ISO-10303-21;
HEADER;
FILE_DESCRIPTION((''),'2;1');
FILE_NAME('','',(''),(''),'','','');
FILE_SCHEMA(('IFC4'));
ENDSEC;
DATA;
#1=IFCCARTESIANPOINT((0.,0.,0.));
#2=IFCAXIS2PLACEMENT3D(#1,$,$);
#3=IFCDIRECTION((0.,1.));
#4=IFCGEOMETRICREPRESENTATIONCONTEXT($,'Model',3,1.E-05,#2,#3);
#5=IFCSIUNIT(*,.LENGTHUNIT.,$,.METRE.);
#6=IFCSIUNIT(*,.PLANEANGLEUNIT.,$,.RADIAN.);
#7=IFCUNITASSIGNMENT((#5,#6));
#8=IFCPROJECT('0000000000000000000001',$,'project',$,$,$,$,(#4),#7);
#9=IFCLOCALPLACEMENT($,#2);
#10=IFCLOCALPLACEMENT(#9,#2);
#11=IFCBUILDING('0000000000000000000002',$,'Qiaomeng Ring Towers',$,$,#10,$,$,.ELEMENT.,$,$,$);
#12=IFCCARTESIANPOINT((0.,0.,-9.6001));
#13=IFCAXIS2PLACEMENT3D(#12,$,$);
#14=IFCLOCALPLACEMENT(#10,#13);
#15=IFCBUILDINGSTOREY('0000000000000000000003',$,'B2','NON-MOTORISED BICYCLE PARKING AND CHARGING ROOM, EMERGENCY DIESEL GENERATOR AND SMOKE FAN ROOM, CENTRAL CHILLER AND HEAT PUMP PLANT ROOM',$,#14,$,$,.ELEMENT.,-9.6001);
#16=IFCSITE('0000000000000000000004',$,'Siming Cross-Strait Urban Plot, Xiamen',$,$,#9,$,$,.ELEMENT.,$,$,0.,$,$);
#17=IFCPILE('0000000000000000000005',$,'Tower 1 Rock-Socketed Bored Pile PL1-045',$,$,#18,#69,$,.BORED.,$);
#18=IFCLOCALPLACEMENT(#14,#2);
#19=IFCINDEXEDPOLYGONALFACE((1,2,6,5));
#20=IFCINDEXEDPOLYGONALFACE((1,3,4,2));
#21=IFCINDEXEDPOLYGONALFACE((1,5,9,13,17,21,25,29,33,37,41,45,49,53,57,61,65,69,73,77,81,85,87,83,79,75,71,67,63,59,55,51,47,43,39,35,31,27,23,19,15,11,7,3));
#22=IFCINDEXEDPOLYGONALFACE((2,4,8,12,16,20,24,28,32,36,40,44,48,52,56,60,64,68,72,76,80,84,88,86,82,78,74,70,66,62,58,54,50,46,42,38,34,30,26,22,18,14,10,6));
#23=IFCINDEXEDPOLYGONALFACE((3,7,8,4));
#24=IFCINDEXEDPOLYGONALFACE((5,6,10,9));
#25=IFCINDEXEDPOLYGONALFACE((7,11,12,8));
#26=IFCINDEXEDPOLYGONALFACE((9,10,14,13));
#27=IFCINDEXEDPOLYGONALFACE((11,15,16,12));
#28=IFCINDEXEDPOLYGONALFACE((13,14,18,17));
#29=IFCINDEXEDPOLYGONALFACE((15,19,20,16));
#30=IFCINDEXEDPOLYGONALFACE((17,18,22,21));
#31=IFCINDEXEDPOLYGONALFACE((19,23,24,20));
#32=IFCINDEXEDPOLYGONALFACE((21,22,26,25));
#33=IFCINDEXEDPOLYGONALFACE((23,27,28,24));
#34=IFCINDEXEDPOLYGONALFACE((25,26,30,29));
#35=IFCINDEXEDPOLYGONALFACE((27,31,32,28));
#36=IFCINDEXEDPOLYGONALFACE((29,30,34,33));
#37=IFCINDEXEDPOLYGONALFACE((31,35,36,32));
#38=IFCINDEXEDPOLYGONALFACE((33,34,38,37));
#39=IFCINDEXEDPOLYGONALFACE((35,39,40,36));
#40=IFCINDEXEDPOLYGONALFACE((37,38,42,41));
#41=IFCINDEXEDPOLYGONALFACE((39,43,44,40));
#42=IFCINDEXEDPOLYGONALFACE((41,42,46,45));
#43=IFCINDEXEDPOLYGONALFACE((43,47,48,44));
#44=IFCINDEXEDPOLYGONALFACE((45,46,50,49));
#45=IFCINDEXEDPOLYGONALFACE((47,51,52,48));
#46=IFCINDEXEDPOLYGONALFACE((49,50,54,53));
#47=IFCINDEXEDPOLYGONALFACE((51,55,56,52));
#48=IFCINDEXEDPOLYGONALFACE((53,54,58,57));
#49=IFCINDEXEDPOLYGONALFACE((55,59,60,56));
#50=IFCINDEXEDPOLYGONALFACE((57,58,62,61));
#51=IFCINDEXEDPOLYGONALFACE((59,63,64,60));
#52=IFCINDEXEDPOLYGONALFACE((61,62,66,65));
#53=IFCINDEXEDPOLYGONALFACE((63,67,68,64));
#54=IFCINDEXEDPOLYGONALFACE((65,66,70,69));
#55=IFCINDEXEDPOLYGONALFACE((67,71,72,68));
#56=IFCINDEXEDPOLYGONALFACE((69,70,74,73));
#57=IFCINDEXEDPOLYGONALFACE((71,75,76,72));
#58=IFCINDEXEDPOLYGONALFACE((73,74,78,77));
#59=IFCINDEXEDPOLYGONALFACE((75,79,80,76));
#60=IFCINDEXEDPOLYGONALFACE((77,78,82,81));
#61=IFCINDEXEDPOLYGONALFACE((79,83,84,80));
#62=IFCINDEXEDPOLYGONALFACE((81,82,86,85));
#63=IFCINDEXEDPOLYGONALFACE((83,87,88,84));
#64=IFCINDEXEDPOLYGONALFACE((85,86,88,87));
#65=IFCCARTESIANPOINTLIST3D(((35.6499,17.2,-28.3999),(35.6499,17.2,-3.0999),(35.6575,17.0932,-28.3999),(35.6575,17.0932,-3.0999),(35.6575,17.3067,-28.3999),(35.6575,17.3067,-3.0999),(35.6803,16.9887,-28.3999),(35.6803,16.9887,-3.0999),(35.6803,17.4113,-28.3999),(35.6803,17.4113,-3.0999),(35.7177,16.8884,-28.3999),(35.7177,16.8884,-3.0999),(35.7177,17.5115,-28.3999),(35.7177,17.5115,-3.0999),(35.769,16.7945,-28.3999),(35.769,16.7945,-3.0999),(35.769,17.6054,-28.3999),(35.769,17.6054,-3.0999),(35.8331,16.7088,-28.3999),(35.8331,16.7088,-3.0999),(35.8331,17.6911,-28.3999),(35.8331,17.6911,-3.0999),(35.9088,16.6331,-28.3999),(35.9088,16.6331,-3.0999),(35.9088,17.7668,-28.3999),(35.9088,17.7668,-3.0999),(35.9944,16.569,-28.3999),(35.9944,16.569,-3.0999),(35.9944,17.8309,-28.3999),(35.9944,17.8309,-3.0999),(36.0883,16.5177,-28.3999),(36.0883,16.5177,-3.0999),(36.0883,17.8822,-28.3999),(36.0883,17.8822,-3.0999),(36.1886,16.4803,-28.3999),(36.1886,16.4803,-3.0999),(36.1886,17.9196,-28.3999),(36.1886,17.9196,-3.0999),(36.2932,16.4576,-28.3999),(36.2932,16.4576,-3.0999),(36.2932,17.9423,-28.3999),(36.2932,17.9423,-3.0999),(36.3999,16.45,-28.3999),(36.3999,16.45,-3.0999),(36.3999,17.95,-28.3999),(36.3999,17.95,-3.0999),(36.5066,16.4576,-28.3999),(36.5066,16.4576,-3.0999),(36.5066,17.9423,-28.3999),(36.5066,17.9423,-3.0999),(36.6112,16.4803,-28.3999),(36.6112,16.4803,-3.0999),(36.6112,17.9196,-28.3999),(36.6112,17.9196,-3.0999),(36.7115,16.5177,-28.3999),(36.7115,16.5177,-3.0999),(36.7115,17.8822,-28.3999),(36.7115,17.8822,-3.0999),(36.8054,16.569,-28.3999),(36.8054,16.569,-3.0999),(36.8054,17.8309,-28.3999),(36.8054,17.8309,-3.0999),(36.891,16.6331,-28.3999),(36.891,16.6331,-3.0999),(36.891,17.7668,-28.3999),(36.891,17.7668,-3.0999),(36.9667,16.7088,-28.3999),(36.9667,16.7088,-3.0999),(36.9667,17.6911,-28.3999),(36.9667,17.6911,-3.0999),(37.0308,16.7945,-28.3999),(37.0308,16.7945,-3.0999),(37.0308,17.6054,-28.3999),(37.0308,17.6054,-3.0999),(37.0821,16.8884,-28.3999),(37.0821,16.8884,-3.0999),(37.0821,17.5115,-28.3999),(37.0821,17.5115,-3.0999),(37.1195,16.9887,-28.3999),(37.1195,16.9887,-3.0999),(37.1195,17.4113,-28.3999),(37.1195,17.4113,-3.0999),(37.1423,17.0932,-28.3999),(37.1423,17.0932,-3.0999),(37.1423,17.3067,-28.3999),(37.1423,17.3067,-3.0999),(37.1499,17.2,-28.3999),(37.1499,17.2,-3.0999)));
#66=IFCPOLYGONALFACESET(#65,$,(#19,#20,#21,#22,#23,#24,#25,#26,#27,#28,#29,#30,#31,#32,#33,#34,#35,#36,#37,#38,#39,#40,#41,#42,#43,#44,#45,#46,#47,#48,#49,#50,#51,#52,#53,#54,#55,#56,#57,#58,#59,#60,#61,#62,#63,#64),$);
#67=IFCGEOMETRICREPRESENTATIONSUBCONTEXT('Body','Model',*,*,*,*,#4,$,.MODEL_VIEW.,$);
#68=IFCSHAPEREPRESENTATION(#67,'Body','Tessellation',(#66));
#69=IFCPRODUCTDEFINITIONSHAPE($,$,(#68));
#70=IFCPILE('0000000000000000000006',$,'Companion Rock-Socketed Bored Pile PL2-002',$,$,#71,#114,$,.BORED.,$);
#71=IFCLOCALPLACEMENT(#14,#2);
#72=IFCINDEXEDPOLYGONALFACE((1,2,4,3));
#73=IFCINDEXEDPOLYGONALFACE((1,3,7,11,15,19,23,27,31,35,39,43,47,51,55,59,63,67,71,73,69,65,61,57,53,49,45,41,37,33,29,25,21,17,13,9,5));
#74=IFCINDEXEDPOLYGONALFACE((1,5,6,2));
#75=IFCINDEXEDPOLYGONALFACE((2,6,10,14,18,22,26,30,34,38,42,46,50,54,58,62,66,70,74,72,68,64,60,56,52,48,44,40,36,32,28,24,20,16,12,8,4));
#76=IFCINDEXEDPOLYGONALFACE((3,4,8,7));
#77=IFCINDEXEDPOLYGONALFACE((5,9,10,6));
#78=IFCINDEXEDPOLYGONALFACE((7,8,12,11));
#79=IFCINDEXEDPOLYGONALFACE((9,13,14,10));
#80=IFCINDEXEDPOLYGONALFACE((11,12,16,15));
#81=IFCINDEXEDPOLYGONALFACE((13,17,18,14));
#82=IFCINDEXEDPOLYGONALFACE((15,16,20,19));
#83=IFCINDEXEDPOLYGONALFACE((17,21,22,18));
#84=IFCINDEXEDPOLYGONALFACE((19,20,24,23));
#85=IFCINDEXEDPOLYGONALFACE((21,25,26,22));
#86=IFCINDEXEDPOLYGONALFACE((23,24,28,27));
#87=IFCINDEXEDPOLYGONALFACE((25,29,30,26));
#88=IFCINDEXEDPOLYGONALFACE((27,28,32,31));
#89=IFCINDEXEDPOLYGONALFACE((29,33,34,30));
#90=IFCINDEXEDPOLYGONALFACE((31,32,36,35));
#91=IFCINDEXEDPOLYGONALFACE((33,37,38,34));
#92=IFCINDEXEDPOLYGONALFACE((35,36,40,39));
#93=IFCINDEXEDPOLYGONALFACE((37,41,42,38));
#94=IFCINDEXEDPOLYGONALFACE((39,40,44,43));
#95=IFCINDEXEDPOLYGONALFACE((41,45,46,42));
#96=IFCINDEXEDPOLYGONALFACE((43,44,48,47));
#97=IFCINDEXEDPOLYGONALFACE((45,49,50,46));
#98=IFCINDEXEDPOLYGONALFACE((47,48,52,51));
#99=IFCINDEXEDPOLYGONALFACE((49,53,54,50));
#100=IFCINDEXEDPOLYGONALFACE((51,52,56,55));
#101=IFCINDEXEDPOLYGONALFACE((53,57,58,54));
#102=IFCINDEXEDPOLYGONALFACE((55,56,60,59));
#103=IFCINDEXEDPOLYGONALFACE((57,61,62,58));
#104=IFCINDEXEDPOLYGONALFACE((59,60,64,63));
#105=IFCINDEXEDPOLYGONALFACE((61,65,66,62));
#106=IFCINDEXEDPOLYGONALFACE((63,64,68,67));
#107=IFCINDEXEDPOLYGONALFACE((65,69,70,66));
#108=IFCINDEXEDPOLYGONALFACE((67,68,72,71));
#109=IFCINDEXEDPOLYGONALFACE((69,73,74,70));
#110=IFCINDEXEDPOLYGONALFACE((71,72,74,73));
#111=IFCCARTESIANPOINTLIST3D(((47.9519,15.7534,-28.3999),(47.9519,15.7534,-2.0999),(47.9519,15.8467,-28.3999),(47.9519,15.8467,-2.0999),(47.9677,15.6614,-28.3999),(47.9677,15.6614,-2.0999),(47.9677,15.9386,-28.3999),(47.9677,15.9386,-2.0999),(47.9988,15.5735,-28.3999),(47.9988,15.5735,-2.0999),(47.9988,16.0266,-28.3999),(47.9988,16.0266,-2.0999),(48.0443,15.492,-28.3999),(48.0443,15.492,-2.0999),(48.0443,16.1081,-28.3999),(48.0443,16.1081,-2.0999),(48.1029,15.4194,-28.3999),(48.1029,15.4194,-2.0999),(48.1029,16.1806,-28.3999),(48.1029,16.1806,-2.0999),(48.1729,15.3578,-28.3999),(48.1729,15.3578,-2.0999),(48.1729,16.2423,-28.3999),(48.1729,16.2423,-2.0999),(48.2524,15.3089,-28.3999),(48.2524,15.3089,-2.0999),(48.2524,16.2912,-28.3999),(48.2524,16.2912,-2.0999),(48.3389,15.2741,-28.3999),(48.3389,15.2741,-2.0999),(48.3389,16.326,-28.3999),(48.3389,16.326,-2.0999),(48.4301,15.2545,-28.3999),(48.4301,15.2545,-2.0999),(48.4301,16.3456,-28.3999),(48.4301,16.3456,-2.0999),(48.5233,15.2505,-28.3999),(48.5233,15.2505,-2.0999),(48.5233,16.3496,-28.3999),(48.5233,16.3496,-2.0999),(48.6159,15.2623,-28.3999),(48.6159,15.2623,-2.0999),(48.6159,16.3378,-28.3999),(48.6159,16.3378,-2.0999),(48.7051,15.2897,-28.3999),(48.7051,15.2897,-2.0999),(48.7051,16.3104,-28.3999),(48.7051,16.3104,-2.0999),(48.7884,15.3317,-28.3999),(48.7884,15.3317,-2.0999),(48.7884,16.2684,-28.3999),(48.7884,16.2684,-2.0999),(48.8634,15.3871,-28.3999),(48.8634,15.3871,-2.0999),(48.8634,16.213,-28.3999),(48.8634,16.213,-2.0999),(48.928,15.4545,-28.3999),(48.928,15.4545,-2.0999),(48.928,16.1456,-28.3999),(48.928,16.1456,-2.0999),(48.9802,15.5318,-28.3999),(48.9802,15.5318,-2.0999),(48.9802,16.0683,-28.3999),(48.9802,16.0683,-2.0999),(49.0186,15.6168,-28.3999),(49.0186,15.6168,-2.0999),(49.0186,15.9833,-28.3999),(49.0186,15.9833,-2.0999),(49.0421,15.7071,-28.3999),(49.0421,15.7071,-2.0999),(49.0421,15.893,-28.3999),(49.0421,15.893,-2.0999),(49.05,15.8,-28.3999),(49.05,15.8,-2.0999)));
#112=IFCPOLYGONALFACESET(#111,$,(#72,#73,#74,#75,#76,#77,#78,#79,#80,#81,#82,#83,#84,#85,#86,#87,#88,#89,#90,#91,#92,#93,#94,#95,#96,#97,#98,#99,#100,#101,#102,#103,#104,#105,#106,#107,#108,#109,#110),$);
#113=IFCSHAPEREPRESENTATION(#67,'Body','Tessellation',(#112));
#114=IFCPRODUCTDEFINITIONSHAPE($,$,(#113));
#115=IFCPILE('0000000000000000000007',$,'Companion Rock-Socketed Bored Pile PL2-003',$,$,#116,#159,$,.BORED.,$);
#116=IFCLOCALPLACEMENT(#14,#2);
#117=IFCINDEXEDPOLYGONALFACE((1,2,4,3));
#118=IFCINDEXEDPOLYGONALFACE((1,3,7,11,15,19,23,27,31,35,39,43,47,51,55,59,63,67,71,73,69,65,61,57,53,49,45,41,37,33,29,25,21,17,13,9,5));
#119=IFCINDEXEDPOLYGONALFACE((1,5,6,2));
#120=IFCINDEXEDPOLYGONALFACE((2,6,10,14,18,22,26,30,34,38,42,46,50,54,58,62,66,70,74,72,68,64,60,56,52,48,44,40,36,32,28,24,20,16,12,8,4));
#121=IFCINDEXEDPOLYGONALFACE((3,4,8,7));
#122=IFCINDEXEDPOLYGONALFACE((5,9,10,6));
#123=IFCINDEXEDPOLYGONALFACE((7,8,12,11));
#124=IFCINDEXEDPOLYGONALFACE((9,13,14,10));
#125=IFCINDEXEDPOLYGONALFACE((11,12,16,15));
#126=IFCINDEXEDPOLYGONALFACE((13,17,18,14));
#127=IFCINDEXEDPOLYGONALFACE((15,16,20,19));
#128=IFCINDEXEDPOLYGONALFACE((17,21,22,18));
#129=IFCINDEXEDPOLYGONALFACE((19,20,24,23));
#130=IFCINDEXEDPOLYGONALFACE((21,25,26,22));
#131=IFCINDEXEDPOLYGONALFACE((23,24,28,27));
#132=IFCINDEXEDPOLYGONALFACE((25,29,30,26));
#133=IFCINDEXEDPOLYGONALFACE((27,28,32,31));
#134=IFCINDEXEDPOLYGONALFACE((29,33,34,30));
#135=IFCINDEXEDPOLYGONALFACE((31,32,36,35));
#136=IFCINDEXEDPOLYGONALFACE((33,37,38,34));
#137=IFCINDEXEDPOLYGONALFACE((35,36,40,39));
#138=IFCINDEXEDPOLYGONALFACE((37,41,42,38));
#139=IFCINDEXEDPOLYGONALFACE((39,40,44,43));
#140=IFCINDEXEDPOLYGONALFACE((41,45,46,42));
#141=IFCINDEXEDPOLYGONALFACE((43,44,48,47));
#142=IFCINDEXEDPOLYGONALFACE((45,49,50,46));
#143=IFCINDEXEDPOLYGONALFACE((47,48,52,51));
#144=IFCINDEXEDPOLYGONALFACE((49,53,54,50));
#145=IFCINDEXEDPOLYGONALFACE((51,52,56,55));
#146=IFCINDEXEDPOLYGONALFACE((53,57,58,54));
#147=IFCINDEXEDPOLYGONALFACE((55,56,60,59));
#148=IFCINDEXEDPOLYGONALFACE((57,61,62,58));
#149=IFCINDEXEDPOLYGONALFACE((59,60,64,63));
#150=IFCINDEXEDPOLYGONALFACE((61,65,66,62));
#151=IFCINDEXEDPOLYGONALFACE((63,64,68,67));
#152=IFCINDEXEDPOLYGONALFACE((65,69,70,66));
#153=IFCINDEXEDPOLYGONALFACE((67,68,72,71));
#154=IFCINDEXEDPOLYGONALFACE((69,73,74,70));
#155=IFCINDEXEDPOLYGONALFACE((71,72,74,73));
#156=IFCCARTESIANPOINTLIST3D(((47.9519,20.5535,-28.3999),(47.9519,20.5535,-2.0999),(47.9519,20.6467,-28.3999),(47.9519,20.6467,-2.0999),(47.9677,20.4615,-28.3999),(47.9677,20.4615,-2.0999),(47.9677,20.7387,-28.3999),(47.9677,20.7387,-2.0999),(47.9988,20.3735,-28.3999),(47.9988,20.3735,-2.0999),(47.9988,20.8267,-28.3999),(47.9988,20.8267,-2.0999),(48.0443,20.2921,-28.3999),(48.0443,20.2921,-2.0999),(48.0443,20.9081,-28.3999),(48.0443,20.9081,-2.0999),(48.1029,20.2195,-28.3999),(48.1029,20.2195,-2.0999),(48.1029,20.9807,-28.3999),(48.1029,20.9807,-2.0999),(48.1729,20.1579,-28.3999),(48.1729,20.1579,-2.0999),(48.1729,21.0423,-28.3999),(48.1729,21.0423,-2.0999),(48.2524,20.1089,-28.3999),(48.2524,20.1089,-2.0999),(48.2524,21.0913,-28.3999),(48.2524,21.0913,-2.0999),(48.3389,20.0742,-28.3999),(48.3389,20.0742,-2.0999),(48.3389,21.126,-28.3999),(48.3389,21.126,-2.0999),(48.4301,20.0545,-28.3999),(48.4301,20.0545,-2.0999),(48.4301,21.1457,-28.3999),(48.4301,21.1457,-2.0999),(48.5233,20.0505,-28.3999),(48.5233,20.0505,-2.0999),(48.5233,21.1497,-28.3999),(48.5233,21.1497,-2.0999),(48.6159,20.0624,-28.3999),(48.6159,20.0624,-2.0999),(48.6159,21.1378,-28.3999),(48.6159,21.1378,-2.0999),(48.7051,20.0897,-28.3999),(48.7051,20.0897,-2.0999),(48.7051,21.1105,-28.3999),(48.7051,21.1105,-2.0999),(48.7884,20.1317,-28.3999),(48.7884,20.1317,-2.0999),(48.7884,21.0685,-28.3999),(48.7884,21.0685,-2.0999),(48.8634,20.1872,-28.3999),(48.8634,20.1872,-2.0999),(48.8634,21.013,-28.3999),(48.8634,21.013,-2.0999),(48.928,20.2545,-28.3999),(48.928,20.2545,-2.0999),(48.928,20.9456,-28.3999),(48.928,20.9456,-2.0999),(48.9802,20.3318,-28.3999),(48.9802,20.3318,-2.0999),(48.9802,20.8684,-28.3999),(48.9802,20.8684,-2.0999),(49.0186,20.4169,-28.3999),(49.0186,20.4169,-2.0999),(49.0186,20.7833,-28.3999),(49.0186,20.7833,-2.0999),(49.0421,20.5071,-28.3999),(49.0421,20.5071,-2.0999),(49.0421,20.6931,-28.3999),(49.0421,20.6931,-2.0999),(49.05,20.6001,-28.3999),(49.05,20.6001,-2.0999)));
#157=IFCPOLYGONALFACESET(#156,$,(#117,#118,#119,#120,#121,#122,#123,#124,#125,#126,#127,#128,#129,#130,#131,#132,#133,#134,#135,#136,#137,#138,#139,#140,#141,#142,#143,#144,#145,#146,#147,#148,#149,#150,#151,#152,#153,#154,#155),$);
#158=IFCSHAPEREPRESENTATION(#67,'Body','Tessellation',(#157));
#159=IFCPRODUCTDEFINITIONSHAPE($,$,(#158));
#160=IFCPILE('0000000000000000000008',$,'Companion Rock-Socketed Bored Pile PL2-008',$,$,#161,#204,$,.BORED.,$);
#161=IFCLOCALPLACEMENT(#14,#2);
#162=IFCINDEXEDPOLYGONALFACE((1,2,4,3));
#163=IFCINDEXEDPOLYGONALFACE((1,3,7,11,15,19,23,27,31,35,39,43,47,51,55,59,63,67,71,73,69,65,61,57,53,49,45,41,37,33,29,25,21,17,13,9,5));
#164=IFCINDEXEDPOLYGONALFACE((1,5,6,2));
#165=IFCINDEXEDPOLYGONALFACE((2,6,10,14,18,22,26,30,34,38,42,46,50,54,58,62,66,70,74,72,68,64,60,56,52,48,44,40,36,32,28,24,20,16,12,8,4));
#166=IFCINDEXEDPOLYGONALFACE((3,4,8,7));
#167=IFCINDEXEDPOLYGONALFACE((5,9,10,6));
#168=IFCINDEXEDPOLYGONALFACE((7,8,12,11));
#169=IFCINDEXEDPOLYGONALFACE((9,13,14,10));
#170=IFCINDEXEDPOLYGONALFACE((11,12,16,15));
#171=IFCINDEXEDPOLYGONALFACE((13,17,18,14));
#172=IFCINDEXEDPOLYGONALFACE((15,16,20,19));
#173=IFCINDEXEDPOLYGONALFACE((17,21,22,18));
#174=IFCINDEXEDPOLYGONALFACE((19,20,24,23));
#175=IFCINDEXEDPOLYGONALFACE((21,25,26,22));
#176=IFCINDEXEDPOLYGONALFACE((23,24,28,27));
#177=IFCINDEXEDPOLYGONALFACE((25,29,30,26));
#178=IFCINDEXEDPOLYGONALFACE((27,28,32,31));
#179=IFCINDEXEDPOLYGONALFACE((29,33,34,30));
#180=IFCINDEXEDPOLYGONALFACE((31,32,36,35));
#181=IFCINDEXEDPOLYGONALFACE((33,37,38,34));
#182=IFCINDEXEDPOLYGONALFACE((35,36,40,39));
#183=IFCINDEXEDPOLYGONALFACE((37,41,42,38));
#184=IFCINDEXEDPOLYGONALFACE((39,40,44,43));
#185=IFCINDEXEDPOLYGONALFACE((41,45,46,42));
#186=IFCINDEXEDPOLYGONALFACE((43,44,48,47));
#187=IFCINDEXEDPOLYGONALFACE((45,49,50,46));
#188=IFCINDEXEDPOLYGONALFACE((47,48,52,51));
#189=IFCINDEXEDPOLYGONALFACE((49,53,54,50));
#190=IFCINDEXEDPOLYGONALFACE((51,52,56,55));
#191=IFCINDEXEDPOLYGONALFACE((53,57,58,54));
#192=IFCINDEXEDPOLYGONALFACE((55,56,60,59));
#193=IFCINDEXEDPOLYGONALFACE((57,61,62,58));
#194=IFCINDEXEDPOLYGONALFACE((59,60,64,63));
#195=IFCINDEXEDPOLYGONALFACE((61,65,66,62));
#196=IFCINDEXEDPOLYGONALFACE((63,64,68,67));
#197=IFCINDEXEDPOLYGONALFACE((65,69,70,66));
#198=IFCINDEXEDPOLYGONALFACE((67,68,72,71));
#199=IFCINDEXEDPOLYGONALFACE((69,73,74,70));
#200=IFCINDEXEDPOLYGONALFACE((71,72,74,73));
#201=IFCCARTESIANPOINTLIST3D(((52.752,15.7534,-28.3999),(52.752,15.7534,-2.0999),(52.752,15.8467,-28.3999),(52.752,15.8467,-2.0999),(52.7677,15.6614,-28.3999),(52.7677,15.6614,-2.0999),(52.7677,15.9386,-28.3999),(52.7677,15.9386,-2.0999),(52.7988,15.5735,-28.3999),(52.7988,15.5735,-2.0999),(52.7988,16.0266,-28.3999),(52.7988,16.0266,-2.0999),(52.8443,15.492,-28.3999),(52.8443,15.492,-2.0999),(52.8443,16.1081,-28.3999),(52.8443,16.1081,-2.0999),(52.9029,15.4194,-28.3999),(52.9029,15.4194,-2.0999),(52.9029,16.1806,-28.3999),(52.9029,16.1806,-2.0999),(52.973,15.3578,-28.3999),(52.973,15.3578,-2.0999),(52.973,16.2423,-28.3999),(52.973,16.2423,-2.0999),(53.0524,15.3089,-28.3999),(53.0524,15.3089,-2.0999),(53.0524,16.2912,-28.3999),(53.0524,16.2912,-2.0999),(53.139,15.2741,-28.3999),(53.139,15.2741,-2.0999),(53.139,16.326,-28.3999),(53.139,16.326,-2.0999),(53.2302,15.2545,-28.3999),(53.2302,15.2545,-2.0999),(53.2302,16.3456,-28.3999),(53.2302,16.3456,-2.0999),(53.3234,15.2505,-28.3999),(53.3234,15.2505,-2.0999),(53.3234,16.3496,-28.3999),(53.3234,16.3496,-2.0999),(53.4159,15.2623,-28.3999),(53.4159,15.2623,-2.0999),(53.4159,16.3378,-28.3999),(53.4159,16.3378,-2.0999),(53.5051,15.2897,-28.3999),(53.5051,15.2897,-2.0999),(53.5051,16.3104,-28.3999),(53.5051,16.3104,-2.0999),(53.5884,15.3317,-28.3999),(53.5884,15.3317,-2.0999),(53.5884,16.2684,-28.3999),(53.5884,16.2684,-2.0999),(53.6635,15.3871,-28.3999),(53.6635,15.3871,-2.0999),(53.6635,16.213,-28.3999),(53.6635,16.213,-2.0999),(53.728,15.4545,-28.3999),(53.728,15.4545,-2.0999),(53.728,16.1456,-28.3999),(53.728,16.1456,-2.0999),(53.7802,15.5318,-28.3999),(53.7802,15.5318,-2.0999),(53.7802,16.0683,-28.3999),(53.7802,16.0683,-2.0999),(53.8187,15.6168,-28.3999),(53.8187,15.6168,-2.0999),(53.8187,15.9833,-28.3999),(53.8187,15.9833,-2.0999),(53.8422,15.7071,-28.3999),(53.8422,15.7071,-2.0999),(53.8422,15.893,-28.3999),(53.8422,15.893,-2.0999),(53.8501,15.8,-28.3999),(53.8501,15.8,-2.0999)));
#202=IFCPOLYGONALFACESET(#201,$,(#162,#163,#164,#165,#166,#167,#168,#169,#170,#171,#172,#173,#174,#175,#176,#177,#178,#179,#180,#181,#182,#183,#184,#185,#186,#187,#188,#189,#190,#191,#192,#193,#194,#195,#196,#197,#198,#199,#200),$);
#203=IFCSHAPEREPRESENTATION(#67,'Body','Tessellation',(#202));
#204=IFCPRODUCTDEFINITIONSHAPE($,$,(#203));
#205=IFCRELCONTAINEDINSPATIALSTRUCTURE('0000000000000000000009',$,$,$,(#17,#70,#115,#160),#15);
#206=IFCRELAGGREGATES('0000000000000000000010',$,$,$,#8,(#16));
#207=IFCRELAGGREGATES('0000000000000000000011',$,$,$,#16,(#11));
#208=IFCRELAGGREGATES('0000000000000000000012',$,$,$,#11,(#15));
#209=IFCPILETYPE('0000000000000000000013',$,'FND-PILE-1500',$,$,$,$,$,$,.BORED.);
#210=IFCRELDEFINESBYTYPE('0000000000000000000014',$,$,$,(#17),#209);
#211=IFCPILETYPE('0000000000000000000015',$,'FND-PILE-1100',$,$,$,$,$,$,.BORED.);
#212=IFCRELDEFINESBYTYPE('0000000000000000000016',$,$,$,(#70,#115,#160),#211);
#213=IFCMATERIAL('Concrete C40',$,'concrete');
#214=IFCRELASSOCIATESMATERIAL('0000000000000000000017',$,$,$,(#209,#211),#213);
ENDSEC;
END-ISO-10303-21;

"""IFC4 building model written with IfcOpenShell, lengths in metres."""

from ifc_helpers import new_model, si_unit, direction, frame, origin, origin_2d, place, context, subcontext, project, spatial, circle, extrude, source, transform, mapped, material, material_profile, profile_set, type_object, element, save


model = new_model("IFC4")

# Units and contexts
model_context = context("Model", 3, precision=1e-05, world=origin(), true_north=direction((0.0, 1.0)))
body_context = subcontext(model_context, "Body", "Model", "MODEL_VIEW")
ifc_project = project(units=[si_unit("LENGTHUNIT", "METRE"), si_unit("PLANEANGLEUNIT", "RADIAN")], contexts=[model_context])

# Site, building, storey
site_placement = place(None, origin())
site = spatial("IfcSite", under=ifc_project, at=site_placement, Name="Siming Cross-Strait Urban Plot, Xiamen", CompositionType="ELEMENT", RefElevation=0.0)
building_placement = place(site_placement, origin())
building = spatial("IfcBuilding", under=site, at=building_placement, Name="Qiaomeng Ring Towers", CompositionType="ELEMENT")
storey_placement = place(building_placement, frame((0.0, 0.0, -9.6001)))
storey = spatial("IfcBuildingStorey", under=building, at=storey_placement, Name="B2", Description="NON-MOTORISED BICYCLE PARKING AND CHARGING ROOM, EMERGENCY DIESEL GENERATOR AND SMOKE FAN ROOM, CENTRAL CHILLER AND HEAT PUMP PLANT ROOM", CompositionType="ELEMENT", Elevation=-9.6001)

# Piles
ifc_material_1 = material(Name="Concrete C40", Category="concrete")
ifc_material_profile_1 = material_profile(ifc_material_1, circle(Radius=0.75, at=origin_2d()), Name="BORED PILE 1500")
ifc_profile_set_1 = profile_set([ifc_material_profile_1], Name="Concrete C40")
pile_type_1 = type_object("IfcPileType", Name="FND-PILE-1500", PredefinedType="BORED", material=ifc_profile_set_1)
shared_shape_1 = source(origin(), body_context, "Body", "SweptSolid", [
    extrude(circle(Radius=0.75, at=origin_2d()), origin(), (0.0, 0.0, 1.0), 25.3),
])
pile_placement = place(storey_placement, frame((36.3999, 17.2, -3.0999), z_axis=(0.0, 0.0, -1.0), x_axis=(1.0, 0.0, 0.0)))
element("IfcPile", 1, at=pile_placement, inside=storey, type_object=pile_type_1, Name="Tower 1 Rock-Socketed Bored Pile PL1-045", PredefinedType="BORED", context=body_context, shape_type="MappedRepresentation", body=[
    mapped(shared_shape_1, transform((0.0, 0.0, 0.0), x_axis=(1.0, 0.0, 0.0), y_axis=(0.0, 1.0, 0.0), z_axis=(0.0, 0.0, 1.0), scale=1.0)),
])
ifc_material_profile_2 = material_profile(ifc_material_1, circle(Radius=0.55, at=origin_2d()), Name="BORED PILE 1100")
ifc_profile_set_2 = profile_set([ifc_material_profile_2], Name="Concrete C40")
pile_type_2 = type_object("IfcPileType", Name="FND-PILE-1100", PredefinedType="BORED", material=ifc_profile_set_2)
shared_shape_2 = source(origin(), body_context, "Body", "SweptSolid", [
    extrude(circle(Radius=0.55, at=origin_2d()), origin(), (0.0, 0.0, 1.0), 26.3),
])
for number, where, z_axis, x_axis, name in (
    (2, (48.5, 15.8, -2.0999), (0.0, 0.0, -1.0), (1.0, 0.0, 0.0), "Companion Rock-Socketed Bored Pile PL2-002"),
    (3, (48.5, 20.6001, -2.0999), (0.0, 0.0, -1.0), (1.0, 0.0, 0.0), "Companion Rock-Socketed Bored Pile PL2-003"),
    (4, (53.3, 15.8, -2.0999), (0.0, 0.0, -1.0), (1.0, 0.0, 0.0), "Companion Rock-Socketed Bored Pile PL2-008"),
):
    element("IfcPile", number, at=place(storey_placement, frame(where, z_axis=z_axis, x_axis=x_axis)), inside=storey, type_object=pile_type_2, Name=name, PredefinedType="BORED", context=body_context, shape_type="MappedRepresentation", body=[
        mapped(shared_shape_2, transform((0.0, 0.0, 0.0), x_axis=(1.0, 0.0, 0.0), y_axis=(0.0, 1.0, 0.0), z_axis=(0.0, 0.0, 1.0), scale=1.0)),
    ])

save(model, "model.ifc")
